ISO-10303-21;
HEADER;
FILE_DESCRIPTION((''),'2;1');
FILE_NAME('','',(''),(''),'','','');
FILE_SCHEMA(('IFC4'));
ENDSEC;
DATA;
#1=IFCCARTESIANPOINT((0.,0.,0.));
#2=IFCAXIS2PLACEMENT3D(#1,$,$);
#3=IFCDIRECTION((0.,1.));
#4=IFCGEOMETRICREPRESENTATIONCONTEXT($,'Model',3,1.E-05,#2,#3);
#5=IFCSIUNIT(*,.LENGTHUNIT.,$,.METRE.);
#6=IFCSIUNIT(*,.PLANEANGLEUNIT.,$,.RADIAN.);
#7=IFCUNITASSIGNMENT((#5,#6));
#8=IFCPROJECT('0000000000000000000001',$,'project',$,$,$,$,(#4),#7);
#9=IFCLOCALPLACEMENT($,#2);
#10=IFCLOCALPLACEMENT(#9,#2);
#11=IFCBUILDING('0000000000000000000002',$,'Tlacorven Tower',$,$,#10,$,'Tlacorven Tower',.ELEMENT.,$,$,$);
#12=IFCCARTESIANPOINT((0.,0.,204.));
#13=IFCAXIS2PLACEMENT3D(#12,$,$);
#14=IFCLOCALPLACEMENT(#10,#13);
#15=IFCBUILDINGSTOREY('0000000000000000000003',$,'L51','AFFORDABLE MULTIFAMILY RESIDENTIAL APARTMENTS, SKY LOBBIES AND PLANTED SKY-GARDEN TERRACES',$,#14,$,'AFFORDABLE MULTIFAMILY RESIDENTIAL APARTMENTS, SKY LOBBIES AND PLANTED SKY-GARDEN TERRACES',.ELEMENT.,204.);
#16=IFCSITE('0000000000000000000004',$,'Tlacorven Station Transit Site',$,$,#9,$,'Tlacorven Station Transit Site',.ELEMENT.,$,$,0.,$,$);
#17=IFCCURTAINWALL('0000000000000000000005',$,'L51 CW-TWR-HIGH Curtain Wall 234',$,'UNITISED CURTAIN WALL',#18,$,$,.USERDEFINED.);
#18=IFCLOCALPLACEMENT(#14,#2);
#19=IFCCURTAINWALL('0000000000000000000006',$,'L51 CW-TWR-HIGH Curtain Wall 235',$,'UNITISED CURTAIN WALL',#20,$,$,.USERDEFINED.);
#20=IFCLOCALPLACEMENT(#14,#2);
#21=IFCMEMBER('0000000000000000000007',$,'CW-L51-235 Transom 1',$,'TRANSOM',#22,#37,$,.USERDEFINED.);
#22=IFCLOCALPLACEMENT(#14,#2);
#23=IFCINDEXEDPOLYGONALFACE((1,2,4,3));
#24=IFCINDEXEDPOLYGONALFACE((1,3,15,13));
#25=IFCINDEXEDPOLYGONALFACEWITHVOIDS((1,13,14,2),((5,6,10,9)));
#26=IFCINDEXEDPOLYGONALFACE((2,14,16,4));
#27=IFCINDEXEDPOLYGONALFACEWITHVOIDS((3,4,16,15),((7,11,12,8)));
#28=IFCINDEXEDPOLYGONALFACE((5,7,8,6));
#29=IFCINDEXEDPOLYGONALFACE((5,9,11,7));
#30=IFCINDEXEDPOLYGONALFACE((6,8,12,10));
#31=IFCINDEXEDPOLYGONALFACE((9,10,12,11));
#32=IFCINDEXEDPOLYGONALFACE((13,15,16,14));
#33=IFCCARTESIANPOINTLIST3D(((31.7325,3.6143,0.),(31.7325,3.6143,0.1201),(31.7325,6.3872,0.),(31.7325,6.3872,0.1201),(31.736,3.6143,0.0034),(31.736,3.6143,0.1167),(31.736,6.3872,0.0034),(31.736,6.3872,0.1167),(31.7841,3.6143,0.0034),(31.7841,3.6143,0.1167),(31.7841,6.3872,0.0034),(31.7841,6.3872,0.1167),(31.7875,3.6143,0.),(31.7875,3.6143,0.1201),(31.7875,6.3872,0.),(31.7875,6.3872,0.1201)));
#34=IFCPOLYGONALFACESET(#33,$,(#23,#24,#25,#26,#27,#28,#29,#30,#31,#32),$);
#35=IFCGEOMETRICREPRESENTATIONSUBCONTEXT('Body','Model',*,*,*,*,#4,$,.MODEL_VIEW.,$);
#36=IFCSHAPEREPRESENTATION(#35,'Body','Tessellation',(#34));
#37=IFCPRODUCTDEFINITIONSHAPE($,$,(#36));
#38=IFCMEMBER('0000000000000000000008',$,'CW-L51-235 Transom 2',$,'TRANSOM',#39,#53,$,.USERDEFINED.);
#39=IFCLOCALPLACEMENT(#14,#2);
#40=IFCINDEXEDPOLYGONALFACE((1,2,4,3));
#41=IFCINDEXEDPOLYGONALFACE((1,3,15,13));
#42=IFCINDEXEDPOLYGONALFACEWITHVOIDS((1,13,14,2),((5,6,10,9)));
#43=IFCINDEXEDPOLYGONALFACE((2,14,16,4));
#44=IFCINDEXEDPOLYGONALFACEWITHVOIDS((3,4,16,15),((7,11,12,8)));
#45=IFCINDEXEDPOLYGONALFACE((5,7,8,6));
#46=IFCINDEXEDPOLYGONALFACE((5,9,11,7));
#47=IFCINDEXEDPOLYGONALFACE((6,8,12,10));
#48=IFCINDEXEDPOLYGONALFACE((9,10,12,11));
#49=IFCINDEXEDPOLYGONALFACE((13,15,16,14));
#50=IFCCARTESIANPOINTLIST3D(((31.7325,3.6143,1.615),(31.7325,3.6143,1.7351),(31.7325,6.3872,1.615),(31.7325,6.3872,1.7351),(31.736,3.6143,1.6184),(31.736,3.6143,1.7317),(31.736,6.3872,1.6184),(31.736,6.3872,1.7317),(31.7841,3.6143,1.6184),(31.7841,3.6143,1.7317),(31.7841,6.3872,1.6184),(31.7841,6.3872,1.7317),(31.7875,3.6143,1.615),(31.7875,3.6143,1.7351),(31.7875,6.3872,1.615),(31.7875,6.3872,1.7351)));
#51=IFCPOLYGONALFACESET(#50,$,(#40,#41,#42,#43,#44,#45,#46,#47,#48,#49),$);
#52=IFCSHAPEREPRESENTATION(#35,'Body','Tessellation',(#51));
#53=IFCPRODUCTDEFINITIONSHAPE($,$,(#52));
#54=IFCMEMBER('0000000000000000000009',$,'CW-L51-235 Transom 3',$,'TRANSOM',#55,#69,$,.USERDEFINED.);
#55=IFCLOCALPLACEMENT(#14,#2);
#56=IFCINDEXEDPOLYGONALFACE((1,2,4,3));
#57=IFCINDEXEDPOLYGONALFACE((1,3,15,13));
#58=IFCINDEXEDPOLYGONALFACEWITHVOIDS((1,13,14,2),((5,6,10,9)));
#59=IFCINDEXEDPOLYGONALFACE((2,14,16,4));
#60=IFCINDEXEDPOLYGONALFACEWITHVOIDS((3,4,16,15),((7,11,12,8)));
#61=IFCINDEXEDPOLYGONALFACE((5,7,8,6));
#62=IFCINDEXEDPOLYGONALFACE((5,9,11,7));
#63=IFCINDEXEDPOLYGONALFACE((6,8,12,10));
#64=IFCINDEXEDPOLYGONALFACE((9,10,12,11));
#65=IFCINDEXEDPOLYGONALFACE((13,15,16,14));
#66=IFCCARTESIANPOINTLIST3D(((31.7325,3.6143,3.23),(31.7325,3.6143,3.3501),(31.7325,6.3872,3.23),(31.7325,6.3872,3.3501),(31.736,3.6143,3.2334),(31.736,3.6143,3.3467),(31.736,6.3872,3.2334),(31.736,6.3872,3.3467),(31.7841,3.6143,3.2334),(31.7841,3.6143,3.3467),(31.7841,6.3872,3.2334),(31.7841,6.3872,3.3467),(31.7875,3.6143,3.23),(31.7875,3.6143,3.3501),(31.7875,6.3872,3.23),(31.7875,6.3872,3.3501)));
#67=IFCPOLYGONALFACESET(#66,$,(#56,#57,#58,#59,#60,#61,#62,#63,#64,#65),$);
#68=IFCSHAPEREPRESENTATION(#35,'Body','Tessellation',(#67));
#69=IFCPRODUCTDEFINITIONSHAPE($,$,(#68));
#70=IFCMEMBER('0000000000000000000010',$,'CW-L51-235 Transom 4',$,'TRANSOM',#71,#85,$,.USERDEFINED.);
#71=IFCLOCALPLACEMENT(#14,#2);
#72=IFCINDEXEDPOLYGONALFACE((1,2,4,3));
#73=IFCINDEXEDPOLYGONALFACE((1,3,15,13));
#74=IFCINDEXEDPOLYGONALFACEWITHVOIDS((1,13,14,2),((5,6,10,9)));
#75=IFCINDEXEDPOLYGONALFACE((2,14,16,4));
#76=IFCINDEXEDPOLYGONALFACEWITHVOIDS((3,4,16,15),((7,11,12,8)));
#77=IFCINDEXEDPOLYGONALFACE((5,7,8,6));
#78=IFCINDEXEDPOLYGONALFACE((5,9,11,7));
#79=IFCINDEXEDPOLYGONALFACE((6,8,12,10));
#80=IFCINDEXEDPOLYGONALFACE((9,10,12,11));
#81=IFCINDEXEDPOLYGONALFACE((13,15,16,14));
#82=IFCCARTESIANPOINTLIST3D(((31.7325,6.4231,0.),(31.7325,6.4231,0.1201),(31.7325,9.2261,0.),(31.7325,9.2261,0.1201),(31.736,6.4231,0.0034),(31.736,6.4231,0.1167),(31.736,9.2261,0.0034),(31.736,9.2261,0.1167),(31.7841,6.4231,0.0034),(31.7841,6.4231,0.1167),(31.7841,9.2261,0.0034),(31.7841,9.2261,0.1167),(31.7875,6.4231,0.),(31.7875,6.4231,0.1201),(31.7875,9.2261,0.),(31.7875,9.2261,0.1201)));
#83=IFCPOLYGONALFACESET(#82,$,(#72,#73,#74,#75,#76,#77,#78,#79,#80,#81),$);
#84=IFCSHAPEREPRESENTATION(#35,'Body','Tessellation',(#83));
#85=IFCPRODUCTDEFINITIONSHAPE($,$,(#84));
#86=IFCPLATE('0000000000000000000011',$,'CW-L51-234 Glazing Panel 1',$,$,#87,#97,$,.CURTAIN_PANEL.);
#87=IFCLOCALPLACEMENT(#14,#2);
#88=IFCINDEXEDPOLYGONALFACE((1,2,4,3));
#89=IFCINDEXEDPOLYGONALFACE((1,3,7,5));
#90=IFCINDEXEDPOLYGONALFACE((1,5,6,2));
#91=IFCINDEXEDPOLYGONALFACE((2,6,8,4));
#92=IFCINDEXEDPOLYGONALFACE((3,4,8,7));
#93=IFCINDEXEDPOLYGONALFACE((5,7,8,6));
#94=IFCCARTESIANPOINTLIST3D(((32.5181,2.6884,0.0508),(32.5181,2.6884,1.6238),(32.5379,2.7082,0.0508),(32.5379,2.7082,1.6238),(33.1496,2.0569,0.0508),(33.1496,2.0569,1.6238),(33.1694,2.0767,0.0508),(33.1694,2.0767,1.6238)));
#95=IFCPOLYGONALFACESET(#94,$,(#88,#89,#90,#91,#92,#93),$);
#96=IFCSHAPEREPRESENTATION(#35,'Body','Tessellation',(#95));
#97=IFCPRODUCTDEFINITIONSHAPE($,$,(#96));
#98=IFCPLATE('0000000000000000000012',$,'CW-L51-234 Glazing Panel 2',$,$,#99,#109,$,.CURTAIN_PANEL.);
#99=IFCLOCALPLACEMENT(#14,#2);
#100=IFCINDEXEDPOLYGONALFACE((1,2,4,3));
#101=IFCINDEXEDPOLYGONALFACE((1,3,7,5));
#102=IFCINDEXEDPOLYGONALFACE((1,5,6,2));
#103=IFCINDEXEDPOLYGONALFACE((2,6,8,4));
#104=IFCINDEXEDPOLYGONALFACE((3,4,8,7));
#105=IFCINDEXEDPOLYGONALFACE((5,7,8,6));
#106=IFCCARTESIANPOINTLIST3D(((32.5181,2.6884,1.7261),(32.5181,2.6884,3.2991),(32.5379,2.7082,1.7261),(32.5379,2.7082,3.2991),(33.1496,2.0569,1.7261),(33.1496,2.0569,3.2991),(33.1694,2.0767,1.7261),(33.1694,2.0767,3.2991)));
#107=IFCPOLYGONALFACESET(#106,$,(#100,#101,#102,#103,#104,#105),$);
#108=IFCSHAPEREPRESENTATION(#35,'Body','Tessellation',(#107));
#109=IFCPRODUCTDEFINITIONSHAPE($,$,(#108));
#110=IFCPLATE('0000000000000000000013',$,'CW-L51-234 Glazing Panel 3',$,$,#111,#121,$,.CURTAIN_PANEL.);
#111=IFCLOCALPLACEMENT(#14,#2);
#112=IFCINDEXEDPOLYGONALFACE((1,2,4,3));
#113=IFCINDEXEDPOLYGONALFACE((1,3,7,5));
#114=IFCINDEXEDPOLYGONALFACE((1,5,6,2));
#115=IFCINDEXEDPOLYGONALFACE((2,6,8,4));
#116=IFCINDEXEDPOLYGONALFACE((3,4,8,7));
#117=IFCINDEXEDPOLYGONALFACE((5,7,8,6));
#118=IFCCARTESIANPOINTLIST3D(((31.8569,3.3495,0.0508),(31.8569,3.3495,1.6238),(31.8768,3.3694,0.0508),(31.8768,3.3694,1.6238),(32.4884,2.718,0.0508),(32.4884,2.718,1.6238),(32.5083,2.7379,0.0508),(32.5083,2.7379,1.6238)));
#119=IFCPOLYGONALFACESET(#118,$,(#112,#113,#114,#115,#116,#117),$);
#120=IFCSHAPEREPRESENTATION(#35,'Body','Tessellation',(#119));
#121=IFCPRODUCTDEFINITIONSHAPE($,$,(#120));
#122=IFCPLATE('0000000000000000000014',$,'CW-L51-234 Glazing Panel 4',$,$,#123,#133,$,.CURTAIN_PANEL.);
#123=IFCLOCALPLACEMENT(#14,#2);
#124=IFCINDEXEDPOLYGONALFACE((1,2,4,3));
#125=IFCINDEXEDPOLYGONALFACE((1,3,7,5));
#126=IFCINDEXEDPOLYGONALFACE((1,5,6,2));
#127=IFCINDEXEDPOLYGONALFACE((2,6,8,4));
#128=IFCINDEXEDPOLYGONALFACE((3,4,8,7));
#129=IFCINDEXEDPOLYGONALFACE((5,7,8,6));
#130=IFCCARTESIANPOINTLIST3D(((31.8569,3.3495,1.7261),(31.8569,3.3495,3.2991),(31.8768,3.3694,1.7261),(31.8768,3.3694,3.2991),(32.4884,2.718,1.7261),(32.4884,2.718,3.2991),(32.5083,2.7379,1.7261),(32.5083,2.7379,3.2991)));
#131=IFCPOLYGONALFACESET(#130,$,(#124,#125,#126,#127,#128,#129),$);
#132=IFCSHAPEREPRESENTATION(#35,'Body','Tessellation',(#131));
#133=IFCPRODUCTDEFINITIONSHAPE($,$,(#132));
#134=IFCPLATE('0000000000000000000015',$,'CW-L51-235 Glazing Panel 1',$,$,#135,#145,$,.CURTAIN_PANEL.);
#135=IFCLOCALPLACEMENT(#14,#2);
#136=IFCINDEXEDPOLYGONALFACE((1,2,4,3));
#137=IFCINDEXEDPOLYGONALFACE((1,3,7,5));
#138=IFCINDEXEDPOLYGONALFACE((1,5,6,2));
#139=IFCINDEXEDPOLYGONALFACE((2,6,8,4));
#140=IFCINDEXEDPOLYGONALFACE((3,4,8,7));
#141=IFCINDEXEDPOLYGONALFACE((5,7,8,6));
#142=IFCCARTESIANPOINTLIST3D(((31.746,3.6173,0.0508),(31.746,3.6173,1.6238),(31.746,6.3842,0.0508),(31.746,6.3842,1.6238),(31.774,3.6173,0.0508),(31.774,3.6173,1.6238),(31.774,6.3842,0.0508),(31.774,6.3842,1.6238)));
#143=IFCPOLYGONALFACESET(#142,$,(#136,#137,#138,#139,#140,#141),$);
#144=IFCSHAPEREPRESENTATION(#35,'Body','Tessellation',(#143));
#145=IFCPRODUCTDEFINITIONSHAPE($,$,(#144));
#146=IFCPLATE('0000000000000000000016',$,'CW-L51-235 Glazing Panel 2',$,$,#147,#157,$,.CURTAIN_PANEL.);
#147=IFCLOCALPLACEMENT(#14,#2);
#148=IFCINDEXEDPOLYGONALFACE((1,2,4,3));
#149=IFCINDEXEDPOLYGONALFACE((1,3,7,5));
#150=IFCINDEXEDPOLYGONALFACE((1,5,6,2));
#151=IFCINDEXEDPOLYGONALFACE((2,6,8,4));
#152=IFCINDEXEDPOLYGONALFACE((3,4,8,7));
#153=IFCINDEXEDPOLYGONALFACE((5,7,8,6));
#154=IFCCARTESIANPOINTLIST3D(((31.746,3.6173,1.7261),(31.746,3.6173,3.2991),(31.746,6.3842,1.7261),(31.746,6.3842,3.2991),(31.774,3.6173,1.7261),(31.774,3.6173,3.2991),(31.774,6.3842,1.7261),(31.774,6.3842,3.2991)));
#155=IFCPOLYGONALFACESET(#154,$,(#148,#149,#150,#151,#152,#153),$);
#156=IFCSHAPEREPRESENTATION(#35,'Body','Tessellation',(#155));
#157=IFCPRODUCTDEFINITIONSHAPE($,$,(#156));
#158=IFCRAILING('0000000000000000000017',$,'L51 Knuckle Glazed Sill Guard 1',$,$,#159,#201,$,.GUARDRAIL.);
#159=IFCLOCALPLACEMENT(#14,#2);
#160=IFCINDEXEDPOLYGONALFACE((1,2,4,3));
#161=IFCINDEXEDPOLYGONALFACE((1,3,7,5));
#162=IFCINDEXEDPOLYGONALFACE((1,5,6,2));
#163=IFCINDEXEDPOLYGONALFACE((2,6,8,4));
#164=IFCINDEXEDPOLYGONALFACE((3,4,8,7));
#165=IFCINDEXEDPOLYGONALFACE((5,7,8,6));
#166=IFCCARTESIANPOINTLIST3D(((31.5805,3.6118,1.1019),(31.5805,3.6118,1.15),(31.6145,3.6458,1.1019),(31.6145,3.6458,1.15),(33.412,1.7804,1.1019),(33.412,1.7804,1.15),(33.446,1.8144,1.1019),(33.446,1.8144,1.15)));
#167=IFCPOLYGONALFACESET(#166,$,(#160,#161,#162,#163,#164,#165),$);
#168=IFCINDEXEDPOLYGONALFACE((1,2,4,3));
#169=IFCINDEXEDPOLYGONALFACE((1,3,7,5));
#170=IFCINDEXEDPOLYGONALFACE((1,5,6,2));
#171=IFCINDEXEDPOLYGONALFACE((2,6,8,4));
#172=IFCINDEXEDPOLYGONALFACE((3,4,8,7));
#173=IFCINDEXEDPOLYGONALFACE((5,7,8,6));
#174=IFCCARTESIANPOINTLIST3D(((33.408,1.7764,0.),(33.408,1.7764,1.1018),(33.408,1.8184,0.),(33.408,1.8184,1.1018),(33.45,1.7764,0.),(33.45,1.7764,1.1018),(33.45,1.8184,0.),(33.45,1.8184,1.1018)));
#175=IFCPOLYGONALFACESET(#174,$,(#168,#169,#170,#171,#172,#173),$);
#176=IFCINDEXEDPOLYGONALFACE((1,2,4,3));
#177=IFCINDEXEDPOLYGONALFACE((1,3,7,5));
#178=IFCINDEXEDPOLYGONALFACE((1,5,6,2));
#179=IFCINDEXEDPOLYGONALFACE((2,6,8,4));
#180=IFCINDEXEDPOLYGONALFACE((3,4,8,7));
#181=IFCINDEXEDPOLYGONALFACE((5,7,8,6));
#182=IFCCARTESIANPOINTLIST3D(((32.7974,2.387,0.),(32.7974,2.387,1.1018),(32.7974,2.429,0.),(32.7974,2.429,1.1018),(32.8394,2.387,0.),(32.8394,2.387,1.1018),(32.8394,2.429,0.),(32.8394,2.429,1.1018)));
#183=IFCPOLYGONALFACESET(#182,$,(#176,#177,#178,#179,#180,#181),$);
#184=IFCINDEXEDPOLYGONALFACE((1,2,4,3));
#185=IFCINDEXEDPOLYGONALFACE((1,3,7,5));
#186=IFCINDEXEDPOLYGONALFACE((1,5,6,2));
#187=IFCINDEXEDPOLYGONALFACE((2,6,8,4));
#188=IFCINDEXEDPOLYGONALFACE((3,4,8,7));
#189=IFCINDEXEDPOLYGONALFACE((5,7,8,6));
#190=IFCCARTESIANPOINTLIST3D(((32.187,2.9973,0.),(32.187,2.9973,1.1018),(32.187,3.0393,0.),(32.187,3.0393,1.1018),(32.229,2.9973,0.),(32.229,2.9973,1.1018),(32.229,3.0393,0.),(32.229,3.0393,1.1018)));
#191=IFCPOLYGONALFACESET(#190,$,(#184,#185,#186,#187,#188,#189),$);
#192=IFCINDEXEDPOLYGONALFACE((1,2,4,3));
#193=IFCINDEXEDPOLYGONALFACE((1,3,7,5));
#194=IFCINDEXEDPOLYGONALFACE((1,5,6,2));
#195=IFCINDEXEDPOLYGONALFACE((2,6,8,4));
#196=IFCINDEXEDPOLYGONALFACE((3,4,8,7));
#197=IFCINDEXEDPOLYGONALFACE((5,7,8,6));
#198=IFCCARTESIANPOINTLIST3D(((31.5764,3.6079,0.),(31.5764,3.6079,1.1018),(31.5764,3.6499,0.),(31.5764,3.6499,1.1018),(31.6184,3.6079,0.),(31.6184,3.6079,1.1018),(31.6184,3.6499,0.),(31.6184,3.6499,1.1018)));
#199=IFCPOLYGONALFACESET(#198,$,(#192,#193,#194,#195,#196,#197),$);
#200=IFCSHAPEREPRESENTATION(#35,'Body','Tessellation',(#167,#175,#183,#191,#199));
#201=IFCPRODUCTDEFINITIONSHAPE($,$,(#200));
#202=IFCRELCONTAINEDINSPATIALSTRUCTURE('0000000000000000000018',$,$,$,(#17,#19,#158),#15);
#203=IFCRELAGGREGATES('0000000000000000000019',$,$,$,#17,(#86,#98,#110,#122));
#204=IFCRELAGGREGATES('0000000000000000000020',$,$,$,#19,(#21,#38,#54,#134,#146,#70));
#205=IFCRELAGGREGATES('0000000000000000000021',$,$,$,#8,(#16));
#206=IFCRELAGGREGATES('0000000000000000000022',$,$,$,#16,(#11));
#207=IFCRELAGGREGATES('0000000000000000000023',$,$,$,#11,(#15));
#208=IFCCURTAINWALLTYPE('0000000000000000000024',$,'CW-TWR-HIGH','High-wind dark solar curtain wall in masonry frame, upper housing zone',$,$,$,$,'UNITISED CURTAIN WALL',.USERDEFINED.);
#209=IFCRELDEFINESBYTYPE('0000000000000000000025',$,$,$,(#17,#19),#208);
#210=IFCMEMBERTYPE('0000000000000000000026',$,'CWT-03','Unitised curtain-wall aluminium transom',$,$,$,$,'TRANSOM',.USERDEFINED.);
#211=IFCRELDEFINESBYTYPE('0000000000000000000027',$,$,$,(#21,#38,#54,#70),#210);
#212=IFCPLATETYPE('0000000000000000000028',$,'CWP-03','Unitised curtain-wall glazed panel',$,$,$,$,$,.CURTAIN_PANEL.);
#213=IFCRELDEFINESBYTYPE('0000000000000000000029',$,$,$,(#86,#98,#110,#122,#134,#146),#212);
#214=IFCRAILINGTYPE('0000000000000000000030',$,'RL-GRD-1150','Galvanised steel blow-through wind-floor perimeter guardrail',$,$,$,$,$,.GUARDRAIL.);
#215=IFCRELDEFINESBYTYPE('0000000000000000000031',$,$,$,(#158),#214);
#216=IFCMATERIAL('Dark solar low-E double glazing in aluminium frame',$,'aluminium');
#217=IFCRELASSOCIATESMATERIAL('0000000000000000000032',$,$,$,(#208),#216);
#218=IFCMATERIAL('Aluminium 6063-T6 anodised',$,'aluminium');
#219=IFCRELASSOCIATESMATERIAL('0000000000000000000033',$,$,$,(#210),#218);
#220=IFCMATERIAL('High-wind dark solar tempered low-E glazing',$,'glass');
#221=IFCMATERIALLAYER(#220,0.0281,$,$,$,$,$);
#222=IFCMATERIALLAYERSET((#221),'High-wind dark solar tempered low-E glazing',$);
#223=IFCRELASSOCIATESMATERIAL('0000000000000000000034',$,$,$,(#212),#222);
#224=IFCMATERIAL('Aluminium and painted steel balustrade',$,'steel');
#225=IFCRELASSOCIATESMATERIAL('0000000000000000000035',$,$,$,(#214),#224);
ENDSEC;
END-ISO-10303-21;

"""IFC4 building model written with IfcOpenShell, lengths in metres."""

from ifc_helpers import new_model, si_unit, direction, frame, origin, origin_2d, place, context, subcontext, project, spatial, rectangle, hollow_rectangle, extrude, source, transform, mapped, material, layer, layer_set, material_profile, profile_set, type_object, element, aggregate, save


model = new_model("IFC4")

# Units and contexts
model_context = context("Model", 3, precision=1e-05, world=origin(), true_north=direction((0.0, 1.0)))
body_context = subcontext(model_context, "Body", "Model", "MODEL_VIEW")
ifc_project = project(units=[si_unit("LENGTHUNIT", "METRE"), si_unit("PLANEANGLEUNIT", "RADIAN")], contexts=[model_context])

# Site, building, storey
site_placement = place(None, origin())
site = spatial("IfcSite", under=ifc_project, at=site_placement, Name="Tlacorven Station Transit Site", LongName="Tlacorven Station Transit Site", CompositionType="ELEMENT", RefElevation=0.0)
building_placement = place(site_placement, origin())
building = spatial("IfcBuilding", under=site, at=building_placement, Name="Tlacorven Tower", LongName="Tlacorven Tower", CompositionType="ELEMENT")
storey_placement = place(building_placement, frame((0.0, 0.0, 204.0)))
storey = spatial("IfcBuildingStorey", under=building, at=storey_placement, Name="L51", Description="AFFORDABLE MULTIFAMILY RESIDENTIAL APARTMENTS, SKY LOBBIES AND PLANTED SKY-GARDEN TERRACES", LongName="AFFORDABLE MULTIFAMILY RESIDENTIAL APARTMENTS, SKY LOBBIES AND PLANTED SKY-GARDEN TERRACES", CompositionType="ELEMENT", Elevation=204.0)

# Shared definitions
ifc_material_1 = material(Name="Dark solar low-E double glazing in aluminium frame", Category="aluminium")
curtain_wall_type = type_object("IfcCurtainWallType", Name="CW-TWR-HIGH", Description="High-wind dark solar curtain wall in masonry frame, upper housing zone", ElementType="UNITISED CURTAIN WALL", PredefinedType="USERDEFINED", material=ifc_material_1)
ifc_material_2 = material(Name="Aluminium 6063-T6 anodised", Category="aluminium")

# Curtain wall
curtain_wall_1_placement = place(storey_placement, origin())
curtain_wall_1 = element("IfcCurtainWall", 1, at=curtain_wall_1_placement, inside=storey, type_object=curtain_wall_type, Name="L51 CW-TWR-HIGH Curtain Wall 234", ObjectType="UNITISED CURTAIN WALL", PredefinedType="USERDEFINED")

# Curtain wall
curtain_wall_2_placement = place(storey_placement, origin())
curtain_wall_2 = element("IfcCurtainWall", 2, at=curtain_wall_2_placement, inside=storey, type_object=curtain_wall_type, Name="L51 CW-TWR-HIGH Curtain Wall 235", ObjectType="UNITISED CURTAIN WALL", PredefinedType="USERDEFINED")

# Members
ifc_material_profile_1 = material_profile(ifc_material_2, hollow_rectangle(XDim=0.0549, YDim=0.1201, WallThickness=0.0034, at=origin_2d()), Name="ALU TRANSOM 55X120")
ifc_profile_set_1 = profile_set([ifc_material_profile_1], Name="Aluminium 6063-T6 anodised")
member_type_1 = type_object("IfcMemberType", Name="CWT-03", Description="Unitised curtain-wall aluminium transom", ElementType="TRANSOM", PredefinedType="USERDEFINED", material=ifc_profile_set_1)
shared_shape_1 = source(origin(), body_context, "Body", "SweptSolid", [
    extrude(hollow_rectangle(XDim=0.0549, YDim=0.1201, WallThickness=0.0034, at=origin_2d()), origin(), (0.0, 0.0, 1.0), 2.7729),
])
member_1_placement = place(storey_placement, frame((31.76, 3.6143, 0.0601), z_axis=(0.0, 1.0, 0.0), x_axis=(-1.0, 0.0, 0.0)))
member_1 = element("IfcMember", 3, at=member_1_placement, type_object=member_type_1, Name="CW-L51-235 Transom 1", ObjectType="TRANSOM", PredefinedType="USERDEFINED", context=body_context, shape_type="MappedRepresentation", body=[
    mapped(shared_shape_1, transform((0.0, 0.0, 0.0), scale=1.0)),
])
member_2_placement = place(storey_placement, frame((31.76, 3.6143, 1.675), z_axis=(0.0, 1.0, 0.0), x_axis=(-1.0, 0.0, 0.0)))
member_2 = element("IfcMember", 4, at=member_2_placement, type_object=member_type_1, Name="CW-L51-235 Transom 2", ObjectType="TRANSOM", PredefinedType="USERDEFINED", context=body_context, shape_type="MappedRepresentation", body=[
    mapped(shared_shape_1, transform((0.0, 0.0, 0.0), scale=1.0)),
])
member_3_placement = place(storey_placement, frame((31.76, 3.6143, 3.29), z_axis=(0.0, 1.0, 0.0), x_axis=(-1.0, 0.0, 0.0)))
member_3 = element("IfcMember", 5, at=member_3_placement, type_object=member_type_1, Name="CW-L51-235 Transom 3", ObjectType="TRANSOM", PredefinedType="USERDEFINED", context=body_context, shape_type="MappedRepresentation", body=[
    mapped(shared_shape_1, transform((0.0, 0.0, 0.0), scale=1.0)),
])
shared_shape_2 = source(origin(), body_context, "Body", "SweptSolid", [
    extrude(hollow_rectangle(XDim=0.0549, YDim=0.1201, WallThickness=0.0034, at=origin_2d()), origin(), (0.0, 0.0, 1.0), 2.803),
])
member_4_placement = place(storey_placement, frame((31.76, 6.4231, 0.0601), z_axis=(0.0, 1.0, 0.0), x_axis=(-1.0, 0.0, 0.0)))
member_4 = element("IfcMember", 6, at=member_4_placement, type_object=member_type_1, Name="CW-L51-235 Transom 4", ObjectType="TRANSOM", PredefinedType="USERDEFINED", context=body_context, shape_type="MappedRepresentation", body=[
    mapped(shared_shape_2, transform((0.0, 0.0, 0.0), scale=1.0)),
])

# Plates
ifc_material_3 = material(Name="High-wind dark solar tempered low-E glazing", Category="glass")
ifc_layer = layer(ifc_material_3, 0.0281)
ifc_layer_set = layer_set([ifc_layer], Name="High-wind dark solar tempered low-E glazing")
plate_type = type_object("IfcPlateType", Name="CWP-03", Description="Unitised curtain-wall glazed panel", PredefinedType="CURTAIN_PANEL", material=ifc_layer_set)
shared_shape_3 = source(origin(), body_context, "Body", "SweptSolid", [
    extrude(rectangle(XDim=0.8931, YDim=0.0281, at=origin_2d()), origin(), (0.0, 0.0, 1.0), 1.573),
])
plate_1_placement = place(storey_placement, frame((32.8438, 2.3826, 0.0508), z_axis=(0.0, 0.0, 1.0), x_axis=(-0.707107, 0.707107, 0.0)))
plate_1 = element("IfcPlate", 7, at=plate_1_placement, type_object=plate_type, Name="CW-L51-234 Glazing Panel 1", PredefinedType="CURTAIN_PANEL", context=body_context, shape_type="MappedRepresentation", body=[
    mapped(shared_shape_3, transform((0.0, 0.0, 0.0), scale=1.0)),
])
plate_2_placement = place(storey_placement, frame((32.8438, 2.3826, 1.7261), z_axis=(0.0, 0.0, 1.0), x_axis=(-0.707107, 0.707107, 0.0)))
plate_2 = element("IfcPlate", 8, at=plate_2_placement, type_object=plate_type, Name="CW-L51-234 Glazing Panel 2", PredefinedType="CURTAIN_PANEL", context=body_context, shape_type="MappedRepresentation", body=[
    mapped(shared_shape_3, transform((0.0, 0.0, 0.0), scale=1.0)),
])
plate_3_placement = place(storey_placement, frame((32.1826, 3.0437, 0.0508), z_axis=(0.0, 0.0, 1.0), x_axis=(-0.707107, 0.707107, 0.0)))
plate_3 = element("IfcPlate", 9, at=plate_3_placement, type_object=plate_type, Name="CW-L51-234 Glazing Panel 3", PredefinedType="CURTAIN_PANEL", context=body_context, shape_type="MappedRepresentation", body=[
    mapped(shared_shape_3, transform((0.0, 0.0, 0.0), scale=1.0)),
])
plate_4_placement = place(storey_placement, frame((32.1826, 3.0437, 1.7261), z_axis=(0.0, 0.0, 1.0), x_axis=(-0.707107, 0.707107, 0.0)))
plate_4 = element("IfcPlate", 10, at=plate_4_placement, type_object=plate_type, Name="CW-L51-234 Glazing Panel 4", PredefinedType="CURTAIN_PANEL", context=body_context, shape_type="MappedRepresentation", body=[
    mapped(shared_shape_3, transform((0.0, 0.0, 0.0), scale=1.0)),
])
aggregate(curtain_wall_1, [plate_1, plate_2, plate_3, plate_4])
shared_shape_4 = source(origin(), body_context, "Body", "SweptSolid", [
    extrude(rectangle(XDim=2.7668, YDim=0.0281, at=origin_2d()), origin(), (0.0, 0.0, 1.0), 1.573),
])
plate_5_placement = place(storey_placement, frame((31.76, 5.0007, 0.0508), z_axis=(0.0, 0.0, 1.0), x_axis=(0.0, 1.0, 0.0)))
plate_5 = element("IfcPlate", 11, at=plate_5_placement, type_object=plate_type, Name="CW-L51-235 Glazing Panel 1", PredefinedType="CURTAIN_PANEL", context=body_context, shape_type="MappedRepresentation", body=[
    mapped(shared_shape_4, transform((0.0, 0.0, 0.0), scale=1.0)),
])
plate_6_placement = place(storey_placement, frame((31.76, 5.0007, 1.7261), z_axis=(0.0, 0.0, 1.0), x_axis=(0.0, 1.0, 0.0)))
plate_6 = element("IfcPlate", 12, at=plate_6_placement, type_object=plate_type, Name="CW-L51-235 Glazing Panel 2", PredefinedType="CURTAIN_PANEL", context=body_context, shape_type="MappedRepresentation", body=[
    mapped(shared_shape_4, transform((0.0, 0.0, 0.0), scale=1.0)),
])
aggregate(curtain_wall_2, [member_1, member_2, member_3, plate_5, plate_6, member_4])

# Railing
ifc_material_4 = material(Name="Aluminium and painted steel balustrade", Category="steel")
railing_type = type_object("IfcRailingType", Name="RL-GRD-1150", Description="Galvanised steel blow-through wind-floor perimeter guardrail", PredefinedType="GUARDRAIL", material=ifc_material_4)
shared_shape_5 = source(origin(), body_context, "Body", "SweptSolid", [
    extrude(rectangle(XDim=0.0481, YDim=0.0481, at=origin_2d()), frame((0.0, 0.0, 1.126), z_axis=(-0.707107, 0.707107, 0.0), x_axis=(-0.707107, -0.707107, 0.0)), (0.0, 0.0, 1.0), 2.5901),
    extrude(rectangle(XDim=0.042, YDim=0.042, at=origin_2d()), origin(), (0.0, 0.0, 1.0), 1.1018),
    extrude(rectangle(XDim=0.042, YDim=0.042, at=origin_2d()), frame((-0.6106, 0.6106, 0.0)), (0.0, 0.0, 1.0), 1.1018),
    extrude(rectangle(XDim=0.042, YDim=0.042, at=origin_2d()), frame((-1.2209, 1.2209, 0.0)), (0.0, 0.0, 1.0), 1.1018),
    extrude(rectangle(XDim=0.042, YDim=0.042, at=origin_2d()), frame((-1.8315, 1.8315, 0.0)), (0.0, 0.0, 1.0), 1.1018),
])
railing_placement = place(storey_placement, frame((33.429, 1.7974, 0.0)))
element("IfcRailing", 13, at=railing_placement, inside=storey, type_object=railing_type, Name="L51 Knuckle Glazed Sill Guard 1", PredefinedType="GUARDRAIL", context=body_context, shape_type="MappedRepresentation", body=[
    mapped(shared_shape_5, transform((0.0, 0.0, 0.0), scale=1.0)),
])

save(model, "model.ifc")
